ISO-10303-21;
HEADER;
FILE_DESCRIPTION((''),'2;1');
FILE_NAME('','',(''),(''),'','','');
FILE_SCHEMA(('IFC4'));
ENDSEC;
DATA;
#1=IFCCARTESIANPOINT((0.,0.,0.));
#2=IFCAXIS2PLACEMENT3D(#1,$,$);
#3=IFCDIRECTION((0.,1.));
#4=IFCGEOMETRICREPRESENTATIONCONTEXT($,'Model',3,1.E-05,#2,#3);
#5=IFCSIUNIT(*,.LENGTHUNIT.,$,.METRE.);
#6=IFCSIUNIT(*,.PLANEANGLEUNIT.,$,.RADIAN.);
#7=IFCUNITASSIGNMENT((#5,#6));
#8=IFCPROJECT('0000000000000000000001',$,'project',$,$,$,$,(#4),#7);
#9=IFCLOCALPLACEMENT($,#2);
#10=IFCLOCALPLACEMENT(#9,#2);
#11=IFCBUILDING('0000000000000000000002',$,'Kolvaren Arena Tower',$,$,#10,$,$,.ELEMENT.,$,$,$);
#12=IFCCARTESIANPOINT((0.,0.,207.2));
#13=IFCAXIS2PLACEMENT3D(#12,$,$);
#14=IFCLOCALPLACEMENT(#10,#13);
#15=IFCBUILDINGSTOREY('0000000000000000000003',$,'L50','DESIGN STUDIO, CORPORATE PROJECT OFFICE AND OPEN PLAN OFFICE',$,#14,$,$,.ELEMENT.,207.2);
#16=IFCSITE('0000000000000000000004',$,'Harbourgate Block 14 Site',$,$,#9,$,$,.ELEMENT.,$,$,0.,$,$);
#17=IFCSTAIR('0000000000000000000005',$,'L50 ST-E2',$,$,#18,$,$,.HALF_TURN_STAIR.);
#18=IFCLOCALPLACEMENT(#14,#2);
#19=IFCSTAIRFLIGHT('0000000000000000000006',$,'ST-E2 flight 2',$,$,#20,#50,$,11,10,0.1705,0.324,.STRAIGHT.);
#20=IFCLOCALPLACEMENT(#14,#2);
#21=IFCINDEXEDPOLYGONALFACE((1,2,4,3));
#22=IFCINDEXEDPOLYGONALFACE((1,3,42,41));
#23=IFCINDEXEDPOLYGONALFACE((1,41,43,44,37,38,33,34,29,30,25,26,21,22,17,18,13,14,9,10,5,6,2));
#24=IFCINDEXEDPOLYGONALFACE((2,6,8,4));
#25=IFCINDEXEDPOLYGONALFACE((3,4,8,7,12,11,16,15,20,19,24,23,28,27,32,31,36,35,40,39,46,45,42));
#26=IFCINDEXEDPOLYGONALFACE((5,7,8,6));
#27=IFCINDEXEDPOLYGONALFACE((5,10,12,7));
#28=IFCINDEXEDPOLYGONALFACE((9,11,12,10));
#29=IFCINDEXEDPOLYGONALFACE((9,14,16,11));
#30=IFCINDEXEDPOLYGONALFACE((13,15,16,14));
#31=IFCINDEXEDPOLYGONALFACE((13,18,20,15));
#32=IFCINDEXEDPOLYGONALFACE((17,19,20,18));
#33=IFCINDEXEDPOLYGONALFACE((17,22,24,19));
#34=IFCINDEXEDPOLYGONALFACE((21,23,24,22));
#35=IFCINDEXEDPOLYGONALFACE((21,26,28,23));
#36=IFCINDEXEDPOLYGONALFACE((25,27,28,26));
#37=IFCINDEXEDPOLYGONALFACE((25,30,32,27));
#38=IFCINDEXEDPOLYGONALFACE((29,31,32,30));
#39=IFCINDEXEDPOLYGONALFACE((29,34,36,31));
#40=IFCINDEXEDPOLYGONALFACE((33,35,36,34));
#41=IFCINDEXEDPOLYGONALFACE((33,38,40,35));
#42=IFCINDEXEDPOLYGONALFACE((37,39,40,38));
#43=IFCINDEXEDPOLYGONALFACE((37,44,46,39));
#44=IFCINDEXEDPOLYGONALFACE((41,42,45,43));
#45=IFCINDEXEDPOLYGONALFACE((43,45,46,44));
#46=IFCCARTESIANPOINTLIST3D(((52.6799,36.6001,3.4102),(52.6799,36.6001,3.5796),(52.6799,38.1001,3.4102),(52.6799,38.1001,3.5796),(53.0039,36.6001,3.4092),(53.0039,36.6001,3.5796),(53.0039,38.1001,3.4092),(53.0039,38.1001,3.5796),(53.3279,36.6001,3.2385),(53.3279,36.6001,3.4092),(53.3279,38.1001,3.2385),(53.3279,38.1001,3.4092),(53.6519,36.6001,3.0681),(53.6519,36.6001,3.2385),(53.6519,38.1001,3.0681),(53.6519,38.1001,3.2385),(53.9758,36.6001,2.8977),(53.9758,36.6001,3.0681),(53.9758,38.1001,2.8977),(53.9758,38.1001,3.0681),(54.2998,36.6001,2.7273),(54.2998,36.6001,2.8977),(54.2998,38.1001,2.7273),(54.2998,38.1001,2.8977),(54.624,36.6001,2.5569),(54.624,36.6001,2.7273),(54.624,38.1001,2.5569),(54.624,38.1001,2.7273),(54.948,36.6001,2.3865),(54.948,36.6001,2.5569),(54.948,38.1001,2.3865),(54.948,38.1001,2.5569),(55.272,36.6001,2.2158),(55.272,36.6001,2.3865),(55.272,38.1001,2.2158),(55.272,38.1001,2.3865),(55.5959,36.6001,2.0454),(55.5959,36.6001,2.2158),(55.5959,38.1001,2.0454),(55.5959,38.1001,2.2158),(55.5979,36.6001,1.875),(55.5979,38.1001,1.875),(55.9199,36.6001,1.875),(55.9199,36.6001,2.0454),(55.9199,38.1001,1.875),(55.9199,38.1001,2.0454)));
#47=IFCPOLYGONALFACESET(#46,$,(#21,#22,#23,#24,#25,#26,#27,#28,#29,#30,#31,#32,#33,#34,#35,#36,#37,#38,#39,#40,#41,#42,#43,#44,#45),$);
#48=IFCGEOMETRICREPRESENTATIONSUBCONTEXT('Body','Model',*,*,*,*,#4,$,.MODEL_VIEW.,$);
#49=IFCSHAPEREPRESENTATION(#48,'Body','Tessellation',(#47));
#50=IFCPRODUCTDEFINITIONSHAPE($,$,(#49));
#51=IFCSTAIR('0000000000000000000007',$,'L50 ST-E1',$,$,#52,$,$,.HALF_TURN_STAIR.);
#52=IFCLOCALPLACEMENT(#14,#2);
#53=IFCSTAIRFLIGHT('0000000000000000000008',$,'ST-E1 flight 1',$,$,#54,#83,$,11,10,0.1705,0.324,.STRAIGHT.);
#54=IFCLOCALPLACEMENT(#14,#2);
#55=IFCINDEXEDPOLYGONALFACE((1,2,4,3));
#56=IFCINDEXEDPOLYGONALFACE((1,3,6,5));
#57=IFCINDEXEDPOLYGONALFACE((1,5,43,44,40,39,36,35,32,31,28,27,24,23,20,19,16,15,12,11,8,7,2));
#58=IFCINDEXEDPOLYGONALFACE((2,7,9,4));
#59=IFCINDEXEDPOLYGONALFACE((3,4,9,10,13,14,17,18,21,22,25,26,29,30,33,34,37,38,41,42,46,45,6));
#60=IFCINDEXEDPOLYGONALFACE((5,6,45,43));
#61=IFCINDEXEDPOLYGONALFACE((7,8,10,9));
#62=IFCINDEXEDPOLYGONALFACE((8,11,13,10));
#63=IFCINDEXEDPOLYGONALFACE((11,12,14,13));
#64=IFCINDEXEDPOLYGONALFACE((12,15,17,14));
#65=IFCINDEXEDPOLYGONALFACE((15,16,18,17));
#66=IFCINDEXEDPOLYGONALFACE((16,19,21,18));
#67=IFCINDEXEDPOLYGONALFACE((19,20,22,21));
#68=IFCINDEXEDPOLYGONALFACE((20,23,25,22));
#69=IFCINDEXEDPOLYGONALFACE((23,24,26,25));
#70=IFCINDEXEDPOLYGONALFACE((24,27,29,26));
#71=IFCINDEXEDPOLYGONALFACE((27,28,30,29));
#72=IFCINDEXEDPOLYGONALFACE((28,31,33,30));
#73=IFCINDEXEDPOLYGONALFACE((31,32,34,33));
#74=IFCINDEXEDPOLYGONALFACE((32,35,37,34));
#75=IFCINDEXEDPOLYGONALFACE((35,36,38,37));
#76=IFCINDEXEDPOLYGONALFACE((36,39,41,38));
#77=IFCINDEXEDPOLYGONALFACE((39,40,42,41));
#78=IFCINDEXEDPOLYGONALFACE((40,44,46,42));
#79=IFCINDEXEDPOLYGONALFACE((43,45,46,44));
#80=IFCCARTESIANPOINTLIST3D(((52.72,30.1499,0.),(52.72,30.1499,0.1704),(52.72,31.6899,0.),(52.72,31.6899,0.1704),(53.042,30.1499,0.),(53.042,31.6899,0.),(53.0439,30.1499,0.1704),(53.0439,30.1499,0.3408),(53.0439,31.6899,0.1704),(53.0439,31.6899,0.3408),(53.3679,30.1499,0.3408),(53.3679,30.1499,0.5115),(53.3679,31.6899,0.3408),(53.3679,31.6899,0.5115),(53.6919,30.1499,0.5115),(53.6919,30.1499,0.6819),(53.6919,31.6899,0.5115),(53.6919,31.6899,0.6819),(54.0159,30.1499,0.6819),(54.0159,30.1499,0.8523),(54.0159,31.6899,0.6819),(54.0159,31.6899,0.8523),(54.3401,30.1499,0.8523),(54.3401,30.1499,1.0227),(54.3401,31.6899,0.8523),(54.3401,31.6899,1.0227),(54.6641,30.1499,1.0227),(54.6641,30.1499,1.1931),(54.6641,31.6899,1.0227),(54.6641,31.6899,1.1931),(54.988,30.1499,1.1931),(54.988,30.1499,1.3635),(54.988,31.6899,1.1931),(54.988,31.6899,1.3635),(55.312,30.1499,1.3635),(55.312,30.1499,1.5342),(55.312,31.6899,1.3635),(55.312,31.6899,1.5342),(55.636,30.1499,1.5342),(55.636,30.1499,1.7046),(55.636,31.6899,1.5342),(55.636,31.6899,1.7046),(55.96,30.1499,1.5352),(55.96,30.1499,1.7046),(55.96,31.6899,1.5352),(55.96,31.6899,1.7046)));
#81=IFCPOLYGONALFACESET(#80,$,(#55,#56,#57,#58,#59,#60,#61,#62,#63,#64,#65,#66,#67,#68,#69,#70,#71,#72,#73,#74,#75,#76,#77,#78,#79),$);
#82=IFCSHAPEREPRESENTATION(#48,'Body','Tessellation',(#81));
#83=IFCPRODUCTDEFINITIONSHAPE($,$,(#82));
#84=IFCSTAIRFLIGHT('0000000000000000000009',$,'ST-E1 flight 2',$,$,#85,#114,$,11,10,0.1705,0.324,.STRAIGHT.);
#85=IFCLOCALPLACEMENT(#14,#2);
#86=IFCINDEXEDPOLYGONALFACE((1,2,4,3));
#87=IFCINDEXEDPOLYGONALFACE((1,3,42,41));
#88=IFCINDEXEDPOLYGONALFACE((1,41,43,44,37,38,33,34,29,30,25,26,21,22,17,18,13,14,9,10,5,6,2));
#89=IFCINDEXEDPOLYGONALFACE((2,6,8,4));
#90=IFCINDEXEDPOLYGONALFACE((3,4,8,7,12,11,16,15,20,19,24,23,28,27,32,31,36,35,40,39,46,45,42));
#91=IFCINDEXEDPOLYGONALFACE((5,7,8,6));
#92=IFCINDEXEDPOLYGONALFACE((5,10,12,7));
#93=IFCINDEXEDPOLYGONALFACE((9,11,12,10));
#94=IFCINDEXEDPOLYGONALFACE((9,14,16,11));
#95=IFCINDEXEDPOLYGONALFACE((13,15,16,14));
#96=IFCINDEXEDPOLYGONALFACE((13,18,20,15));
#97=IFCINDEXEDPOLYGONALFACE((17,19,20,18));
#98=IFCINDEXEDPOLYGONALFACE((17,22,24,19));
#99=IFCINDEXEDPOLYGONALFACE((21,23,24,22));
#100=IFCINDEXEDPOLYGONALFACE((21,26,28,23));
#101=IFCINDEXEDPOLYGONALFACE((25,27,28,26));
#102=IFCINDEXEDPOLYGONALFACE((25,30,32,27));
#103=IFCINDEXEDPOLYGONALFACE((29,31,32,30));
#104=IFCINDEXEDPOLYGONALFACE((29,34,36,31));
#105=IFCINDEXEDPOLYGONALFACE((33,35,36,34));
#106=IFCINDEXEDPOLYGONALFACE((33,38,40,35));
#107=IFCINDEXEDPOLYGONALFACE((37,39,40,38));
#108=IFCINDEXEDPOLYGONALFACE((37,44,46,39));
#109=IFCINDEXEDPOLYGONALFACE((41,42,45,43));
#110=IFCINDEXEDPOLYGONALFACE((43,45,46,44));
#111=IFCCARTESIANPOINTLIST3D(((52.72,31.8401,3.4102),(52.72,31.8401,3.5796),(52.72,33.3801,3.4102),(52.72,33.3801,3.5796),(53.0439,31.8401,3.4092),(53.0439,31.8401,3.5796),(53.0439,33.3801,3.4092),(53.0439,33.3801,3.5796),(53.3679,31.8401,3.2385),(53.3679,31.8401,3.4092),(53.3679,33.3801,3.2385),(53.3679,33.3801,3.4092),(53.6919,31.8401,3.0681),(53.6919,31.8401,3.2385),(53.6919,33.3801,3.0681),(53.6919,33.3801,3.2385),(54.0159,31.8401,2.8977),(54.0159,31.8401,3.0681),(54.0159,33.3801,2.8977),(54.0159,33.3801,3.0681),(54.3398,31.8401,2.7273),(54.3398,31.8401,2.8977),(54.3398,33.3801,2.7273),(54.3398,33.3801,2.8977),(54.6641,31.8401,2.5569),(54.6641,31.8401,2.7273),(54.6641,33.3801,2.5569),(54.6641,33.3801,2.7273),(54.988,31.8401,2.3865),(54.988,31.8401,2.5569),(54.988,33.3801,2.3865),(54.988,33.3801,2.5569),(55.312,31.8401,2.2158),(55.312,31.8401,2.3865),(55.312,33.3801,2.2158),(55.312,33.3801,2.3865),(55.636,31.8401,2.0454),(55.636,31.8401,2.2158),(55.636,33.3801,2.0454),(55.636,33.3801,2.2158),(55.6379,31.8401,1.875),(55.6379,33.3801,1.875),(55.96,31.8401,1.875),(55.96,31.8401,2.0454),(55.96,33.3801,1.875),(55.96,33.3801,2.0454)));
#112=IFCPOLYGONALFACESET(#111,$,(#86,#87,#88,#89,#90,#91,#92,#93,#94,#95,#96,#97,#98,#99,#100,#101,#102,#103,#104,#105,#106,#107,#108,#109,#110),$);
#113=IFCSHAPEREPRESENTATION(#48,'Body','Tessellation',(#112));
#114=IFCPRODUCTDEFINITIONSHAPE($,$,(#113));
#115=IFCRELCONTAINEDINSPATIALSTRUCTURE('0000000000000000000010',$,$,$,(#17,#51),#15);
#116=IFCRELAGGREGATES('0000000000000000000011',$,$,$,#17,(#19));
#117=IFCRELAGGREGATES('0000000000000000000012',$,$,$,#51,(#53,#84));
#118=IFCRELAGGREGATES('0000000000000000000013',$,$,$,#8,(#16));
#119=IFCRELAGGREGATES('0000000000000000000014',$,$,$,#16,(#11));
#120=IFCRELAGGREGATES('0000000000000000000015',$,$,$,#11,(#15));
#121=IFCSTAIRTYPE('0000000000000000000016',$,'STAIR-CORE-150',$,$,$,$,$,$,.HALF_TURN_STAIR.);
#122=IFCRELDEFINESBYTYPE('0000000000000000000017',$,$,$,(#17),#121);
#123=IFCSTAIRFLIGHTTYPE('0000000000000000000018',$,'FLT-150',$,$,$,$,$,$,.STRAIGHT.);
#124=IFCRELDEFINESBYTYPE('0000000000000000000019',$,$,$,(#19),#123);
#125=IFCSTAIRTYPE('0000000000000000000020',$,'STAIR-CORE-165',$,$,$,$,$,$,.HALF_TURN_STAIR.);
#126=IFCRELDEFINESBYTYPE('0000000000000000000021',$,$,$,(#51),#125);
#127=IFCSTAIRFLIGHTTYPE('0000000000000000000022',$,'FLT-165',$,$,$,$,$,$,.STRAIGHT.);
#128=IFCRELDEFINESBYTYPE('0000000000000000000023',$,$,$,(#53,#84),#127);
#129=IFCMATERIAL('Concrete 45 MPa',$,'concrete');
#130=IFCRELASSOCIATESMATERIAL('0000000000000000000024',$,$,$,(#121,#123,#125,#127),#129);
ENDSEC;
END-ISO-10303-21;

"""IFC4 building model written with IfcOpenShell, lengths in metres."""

from ifc_helpers import new_model, si_unit, direction, frame, origin, place, context, subcontext, project, spatial, polyline, outline, extrude, material, type_object, element, aggregate, save


model = new_model("IFC4")

# Units and contexts
model_context = context("Model", 3, precision=1e-05, world=origin(), true_north=direction((0.0, 1.0)))
body_context = subcontext(model_context, "Body", "Model", "MODEL_VIEW")
ifc_project = project(units=[si_unit("LENGTHUNIT", "METRE"), si_unit("PLANEANGLEUNIT", "RADIAN")], contexts=[model_context])

# Site, building, storey
site_placement = place(None, origin())
site = spatial("IfcSite", under=ifc_project, at=site_placement, Name="Harbourgate Block 14 Site", CompositionType="ELEMENT", RefElevation=0.0)
building_placement = place(site_placement, origin())
building = spatial("IfcBuilding", under=site, at=building_placement, Name="Kolvaren Arena Tower", CompositionType="ELEMENT")
storey_placement = place(building_placement, frame((0.0, 0.0, 207.2)))
storey = spatial("IfcBuildingStorey", under=building, at=storey_placement, Name="L50", Description="DESIGN STUDIO, CORPORATE PROJECT OFFICE AND OPEN PLAN OFFICE", CompositionType="ELEMENT", Elevation=207.2)

# Shared definitions
ifc_material_1 = material(Name="Concrete 45 MPa", Category="concrete")

# Stair, stair flight
stair_type_1 = type_object("IfcStairType", Name="STAIR-CORE-150", PredefinedType="HALF_TURN_STAIR", material=ifc_material_1)
stair_1_placement = place(storey_placement, origin())
stair_1 = element("IfcStair", 1, at=stair_1_placement, inside=storey, type_object=stair_type_1, Name="L50 ST-E2", PredefinedType="HALF_TURN_STAIR")
stair_flight_type_1 = type_object("IfcStairFlightType", Name="FLT-150", PredefinedType="STRAIGHT", material=ifc_material_1)
stair_flight_1_placement = place(storey_placement, frame((55.9199, 37.3501, 1.875), z_axis=(0.0, 0.0, 1.0), x_axis=(-1.0, 0.0, 0.0)))
stair_flight_1 = element("IfcStairFlight", 2, at=stair_flight_1_placement, type_object=stair_flight_type_1, Name="ST-E2 flight 2", NumberOfRisers=11, NumberOfTreads=10, PredefinedType="STRAIGHT", RiserHeight=0.1705, TreadLength=0.324, context=body_context, shape_type="SweptSolid", body=[
    extrude(outline(polyline([(0.0, 0.0), (0.0, 0.1704), (0.324, 0.1704), (0.324, 0.3408), (0.6479, 0.3408), (0.6479, 0.5115), (0.9719, 0.5115), (0.9719, 0.6819), (1.2959, 0.6819), (1.2959, 0.8523), (1.6201, 0.8523), (1.6201, 1.0227), (1.9441, 1.0227), (1.9441, 1.1931), (2.2681, 1.1931), (2.2681, 1.3635), (2.592, 1.3635), (2.592, 1.5342), (2.916, 1.5342), (2.916, 1.7046), (3.24, 1.7046), (3.24, 1.875), (3.24, 1.5352), (0.322, 0.0), (0.0, 0.0)])), frame((0.0, 0.75, 0.0), z_axis=(0.0, -1.0, 0.0), x_axis=(1.0, 0.0, 0.0)), (0.0, 0.0, 1.0), 1.5),
])
aggregate(stair_1, [stair_flight_1])

# Stair, stair flights
stair_type_2 = type_object("IfcStairType", Name="STAIR-CORE-165", PredefinedType="HALF_TURN_STAIR", material=ifc_material_1)
stair_2_placement = place(storey_placement, origin())
stair_2 = element("IfcStair", 3, at=stair_2_placement, inside=storey, type_object=stair_type_2, Name="L50 ST-E1", PredefinedType="HALF_TURN_STAIR")
stair_flight_type_2 = type_object("IfcStairFlightType", Name="FLT-165", PredefinedType="STRAIGHT", material=ifc_material_1)
stair_flight_2_placement = place(storey_placement, frame((52.72, 30.9199, 0.0), z_axis=(0.0, 0.0, 1.0), x_axis=(1.0, 0.0, 0.0)))
stair_flight_2 = element("IfcStairFlight", 4, at=stair_flight_2_placement, type_object=stair_flight_type_2, Name="ST-E1 flight 1", NumberOfRisers=11, NumberOfTreads=10, PredefinedType="STRAIGHT", RiserHeight=0.1705, TreadLength=0.324, context=body_context, shape_type="SweptSolid", body=[
    extrude(outline(polyline([(0.0, 0.0), (0.0, 0.1704), (0.324, 0.1704), (0.324, 0.3408), (0.6479, 0.3408), (0.6479, 0.5115), (0.9719, 0.5115), (0.9719, 0.6819), (1.2959, 0.6819), (1.2959, 0.8523), (1.6201, 0.8523), (1.6201, 1.0227), (1.9441, 1.0227), (1.9441, 1.1931), (2.2681, 1.1931), (2.2681, 1.3635), (2.592, 1.3635), (2.592, 1.5342), (2.916, 1.5342), (2.916, 1.7046), (3.24, 1.7046), (3.24, 1.875), (3.24, 1.5352), (0.322, 0.0), (0.0, 0.0)])), frame((0.0, 0.77, 0.0), z_axis=(0.0, -1.0, 0.0), x_axis=(1.0, 0.0, 0.0)), (0.0, 0.0, 1.0), 1.54),
])
stair_flight_3_placement = place(storey_placement, frame((55.96, 32.6101, 1.875), z_axis=(0.0, 0.0, 1.0), x_axis=(-1.0, 0.0, 0.0)))
stair_flight_3 = element("IfcStairFlight", 5, at=stair_flight_3_placement, type_object=stair_flight_type_2, Name="ST-E1 flight 2", NumberOfRisers=11, NumberOfTreads=10, PredefinedType="STRAIGHT", RiserHeight=0.1705, TreadLength=0.324, context=body_context, shape_type="SweptSolid", body=[
    extrude(outline(polyline([(0.0, 0.0), (0.0, 0.1704), (0.324, 0.1704), (0.324, 0.3408), (0.6479, 0.3408), (0.6479, 0.5115), (0.9719, 0.5115), (0.9719, 0.6819), (1.2959, 0.6819), (1.2959, 0.8523), (1.6201, 0.8523), (1.6201, 1.0227), (1.9441, 1.0227), (1.9441, 1.1931), (2.2681, 1.1931), (2.2681, 1.3635), (2.592, 1.3635), (2.592, 1.5342), (2.916, 1.5342), (2.916, 1.7046), (3.24, 1.7046), (3.24, 1.875), (3.24, 1.5352), (0.322, 0.0), (0.0, 0.0)])), frame((0.0, 0.77, 0.0), z_axis=(0.0, -1.0, 0.0), x_axis=(1.0, 0.0, 0.0)), (0.0, 0.0, 1.0), 1.54),
])
aggregate(stair_2, [stair_flight_2, stair_flight_3])

save(model, "model.ifc")
